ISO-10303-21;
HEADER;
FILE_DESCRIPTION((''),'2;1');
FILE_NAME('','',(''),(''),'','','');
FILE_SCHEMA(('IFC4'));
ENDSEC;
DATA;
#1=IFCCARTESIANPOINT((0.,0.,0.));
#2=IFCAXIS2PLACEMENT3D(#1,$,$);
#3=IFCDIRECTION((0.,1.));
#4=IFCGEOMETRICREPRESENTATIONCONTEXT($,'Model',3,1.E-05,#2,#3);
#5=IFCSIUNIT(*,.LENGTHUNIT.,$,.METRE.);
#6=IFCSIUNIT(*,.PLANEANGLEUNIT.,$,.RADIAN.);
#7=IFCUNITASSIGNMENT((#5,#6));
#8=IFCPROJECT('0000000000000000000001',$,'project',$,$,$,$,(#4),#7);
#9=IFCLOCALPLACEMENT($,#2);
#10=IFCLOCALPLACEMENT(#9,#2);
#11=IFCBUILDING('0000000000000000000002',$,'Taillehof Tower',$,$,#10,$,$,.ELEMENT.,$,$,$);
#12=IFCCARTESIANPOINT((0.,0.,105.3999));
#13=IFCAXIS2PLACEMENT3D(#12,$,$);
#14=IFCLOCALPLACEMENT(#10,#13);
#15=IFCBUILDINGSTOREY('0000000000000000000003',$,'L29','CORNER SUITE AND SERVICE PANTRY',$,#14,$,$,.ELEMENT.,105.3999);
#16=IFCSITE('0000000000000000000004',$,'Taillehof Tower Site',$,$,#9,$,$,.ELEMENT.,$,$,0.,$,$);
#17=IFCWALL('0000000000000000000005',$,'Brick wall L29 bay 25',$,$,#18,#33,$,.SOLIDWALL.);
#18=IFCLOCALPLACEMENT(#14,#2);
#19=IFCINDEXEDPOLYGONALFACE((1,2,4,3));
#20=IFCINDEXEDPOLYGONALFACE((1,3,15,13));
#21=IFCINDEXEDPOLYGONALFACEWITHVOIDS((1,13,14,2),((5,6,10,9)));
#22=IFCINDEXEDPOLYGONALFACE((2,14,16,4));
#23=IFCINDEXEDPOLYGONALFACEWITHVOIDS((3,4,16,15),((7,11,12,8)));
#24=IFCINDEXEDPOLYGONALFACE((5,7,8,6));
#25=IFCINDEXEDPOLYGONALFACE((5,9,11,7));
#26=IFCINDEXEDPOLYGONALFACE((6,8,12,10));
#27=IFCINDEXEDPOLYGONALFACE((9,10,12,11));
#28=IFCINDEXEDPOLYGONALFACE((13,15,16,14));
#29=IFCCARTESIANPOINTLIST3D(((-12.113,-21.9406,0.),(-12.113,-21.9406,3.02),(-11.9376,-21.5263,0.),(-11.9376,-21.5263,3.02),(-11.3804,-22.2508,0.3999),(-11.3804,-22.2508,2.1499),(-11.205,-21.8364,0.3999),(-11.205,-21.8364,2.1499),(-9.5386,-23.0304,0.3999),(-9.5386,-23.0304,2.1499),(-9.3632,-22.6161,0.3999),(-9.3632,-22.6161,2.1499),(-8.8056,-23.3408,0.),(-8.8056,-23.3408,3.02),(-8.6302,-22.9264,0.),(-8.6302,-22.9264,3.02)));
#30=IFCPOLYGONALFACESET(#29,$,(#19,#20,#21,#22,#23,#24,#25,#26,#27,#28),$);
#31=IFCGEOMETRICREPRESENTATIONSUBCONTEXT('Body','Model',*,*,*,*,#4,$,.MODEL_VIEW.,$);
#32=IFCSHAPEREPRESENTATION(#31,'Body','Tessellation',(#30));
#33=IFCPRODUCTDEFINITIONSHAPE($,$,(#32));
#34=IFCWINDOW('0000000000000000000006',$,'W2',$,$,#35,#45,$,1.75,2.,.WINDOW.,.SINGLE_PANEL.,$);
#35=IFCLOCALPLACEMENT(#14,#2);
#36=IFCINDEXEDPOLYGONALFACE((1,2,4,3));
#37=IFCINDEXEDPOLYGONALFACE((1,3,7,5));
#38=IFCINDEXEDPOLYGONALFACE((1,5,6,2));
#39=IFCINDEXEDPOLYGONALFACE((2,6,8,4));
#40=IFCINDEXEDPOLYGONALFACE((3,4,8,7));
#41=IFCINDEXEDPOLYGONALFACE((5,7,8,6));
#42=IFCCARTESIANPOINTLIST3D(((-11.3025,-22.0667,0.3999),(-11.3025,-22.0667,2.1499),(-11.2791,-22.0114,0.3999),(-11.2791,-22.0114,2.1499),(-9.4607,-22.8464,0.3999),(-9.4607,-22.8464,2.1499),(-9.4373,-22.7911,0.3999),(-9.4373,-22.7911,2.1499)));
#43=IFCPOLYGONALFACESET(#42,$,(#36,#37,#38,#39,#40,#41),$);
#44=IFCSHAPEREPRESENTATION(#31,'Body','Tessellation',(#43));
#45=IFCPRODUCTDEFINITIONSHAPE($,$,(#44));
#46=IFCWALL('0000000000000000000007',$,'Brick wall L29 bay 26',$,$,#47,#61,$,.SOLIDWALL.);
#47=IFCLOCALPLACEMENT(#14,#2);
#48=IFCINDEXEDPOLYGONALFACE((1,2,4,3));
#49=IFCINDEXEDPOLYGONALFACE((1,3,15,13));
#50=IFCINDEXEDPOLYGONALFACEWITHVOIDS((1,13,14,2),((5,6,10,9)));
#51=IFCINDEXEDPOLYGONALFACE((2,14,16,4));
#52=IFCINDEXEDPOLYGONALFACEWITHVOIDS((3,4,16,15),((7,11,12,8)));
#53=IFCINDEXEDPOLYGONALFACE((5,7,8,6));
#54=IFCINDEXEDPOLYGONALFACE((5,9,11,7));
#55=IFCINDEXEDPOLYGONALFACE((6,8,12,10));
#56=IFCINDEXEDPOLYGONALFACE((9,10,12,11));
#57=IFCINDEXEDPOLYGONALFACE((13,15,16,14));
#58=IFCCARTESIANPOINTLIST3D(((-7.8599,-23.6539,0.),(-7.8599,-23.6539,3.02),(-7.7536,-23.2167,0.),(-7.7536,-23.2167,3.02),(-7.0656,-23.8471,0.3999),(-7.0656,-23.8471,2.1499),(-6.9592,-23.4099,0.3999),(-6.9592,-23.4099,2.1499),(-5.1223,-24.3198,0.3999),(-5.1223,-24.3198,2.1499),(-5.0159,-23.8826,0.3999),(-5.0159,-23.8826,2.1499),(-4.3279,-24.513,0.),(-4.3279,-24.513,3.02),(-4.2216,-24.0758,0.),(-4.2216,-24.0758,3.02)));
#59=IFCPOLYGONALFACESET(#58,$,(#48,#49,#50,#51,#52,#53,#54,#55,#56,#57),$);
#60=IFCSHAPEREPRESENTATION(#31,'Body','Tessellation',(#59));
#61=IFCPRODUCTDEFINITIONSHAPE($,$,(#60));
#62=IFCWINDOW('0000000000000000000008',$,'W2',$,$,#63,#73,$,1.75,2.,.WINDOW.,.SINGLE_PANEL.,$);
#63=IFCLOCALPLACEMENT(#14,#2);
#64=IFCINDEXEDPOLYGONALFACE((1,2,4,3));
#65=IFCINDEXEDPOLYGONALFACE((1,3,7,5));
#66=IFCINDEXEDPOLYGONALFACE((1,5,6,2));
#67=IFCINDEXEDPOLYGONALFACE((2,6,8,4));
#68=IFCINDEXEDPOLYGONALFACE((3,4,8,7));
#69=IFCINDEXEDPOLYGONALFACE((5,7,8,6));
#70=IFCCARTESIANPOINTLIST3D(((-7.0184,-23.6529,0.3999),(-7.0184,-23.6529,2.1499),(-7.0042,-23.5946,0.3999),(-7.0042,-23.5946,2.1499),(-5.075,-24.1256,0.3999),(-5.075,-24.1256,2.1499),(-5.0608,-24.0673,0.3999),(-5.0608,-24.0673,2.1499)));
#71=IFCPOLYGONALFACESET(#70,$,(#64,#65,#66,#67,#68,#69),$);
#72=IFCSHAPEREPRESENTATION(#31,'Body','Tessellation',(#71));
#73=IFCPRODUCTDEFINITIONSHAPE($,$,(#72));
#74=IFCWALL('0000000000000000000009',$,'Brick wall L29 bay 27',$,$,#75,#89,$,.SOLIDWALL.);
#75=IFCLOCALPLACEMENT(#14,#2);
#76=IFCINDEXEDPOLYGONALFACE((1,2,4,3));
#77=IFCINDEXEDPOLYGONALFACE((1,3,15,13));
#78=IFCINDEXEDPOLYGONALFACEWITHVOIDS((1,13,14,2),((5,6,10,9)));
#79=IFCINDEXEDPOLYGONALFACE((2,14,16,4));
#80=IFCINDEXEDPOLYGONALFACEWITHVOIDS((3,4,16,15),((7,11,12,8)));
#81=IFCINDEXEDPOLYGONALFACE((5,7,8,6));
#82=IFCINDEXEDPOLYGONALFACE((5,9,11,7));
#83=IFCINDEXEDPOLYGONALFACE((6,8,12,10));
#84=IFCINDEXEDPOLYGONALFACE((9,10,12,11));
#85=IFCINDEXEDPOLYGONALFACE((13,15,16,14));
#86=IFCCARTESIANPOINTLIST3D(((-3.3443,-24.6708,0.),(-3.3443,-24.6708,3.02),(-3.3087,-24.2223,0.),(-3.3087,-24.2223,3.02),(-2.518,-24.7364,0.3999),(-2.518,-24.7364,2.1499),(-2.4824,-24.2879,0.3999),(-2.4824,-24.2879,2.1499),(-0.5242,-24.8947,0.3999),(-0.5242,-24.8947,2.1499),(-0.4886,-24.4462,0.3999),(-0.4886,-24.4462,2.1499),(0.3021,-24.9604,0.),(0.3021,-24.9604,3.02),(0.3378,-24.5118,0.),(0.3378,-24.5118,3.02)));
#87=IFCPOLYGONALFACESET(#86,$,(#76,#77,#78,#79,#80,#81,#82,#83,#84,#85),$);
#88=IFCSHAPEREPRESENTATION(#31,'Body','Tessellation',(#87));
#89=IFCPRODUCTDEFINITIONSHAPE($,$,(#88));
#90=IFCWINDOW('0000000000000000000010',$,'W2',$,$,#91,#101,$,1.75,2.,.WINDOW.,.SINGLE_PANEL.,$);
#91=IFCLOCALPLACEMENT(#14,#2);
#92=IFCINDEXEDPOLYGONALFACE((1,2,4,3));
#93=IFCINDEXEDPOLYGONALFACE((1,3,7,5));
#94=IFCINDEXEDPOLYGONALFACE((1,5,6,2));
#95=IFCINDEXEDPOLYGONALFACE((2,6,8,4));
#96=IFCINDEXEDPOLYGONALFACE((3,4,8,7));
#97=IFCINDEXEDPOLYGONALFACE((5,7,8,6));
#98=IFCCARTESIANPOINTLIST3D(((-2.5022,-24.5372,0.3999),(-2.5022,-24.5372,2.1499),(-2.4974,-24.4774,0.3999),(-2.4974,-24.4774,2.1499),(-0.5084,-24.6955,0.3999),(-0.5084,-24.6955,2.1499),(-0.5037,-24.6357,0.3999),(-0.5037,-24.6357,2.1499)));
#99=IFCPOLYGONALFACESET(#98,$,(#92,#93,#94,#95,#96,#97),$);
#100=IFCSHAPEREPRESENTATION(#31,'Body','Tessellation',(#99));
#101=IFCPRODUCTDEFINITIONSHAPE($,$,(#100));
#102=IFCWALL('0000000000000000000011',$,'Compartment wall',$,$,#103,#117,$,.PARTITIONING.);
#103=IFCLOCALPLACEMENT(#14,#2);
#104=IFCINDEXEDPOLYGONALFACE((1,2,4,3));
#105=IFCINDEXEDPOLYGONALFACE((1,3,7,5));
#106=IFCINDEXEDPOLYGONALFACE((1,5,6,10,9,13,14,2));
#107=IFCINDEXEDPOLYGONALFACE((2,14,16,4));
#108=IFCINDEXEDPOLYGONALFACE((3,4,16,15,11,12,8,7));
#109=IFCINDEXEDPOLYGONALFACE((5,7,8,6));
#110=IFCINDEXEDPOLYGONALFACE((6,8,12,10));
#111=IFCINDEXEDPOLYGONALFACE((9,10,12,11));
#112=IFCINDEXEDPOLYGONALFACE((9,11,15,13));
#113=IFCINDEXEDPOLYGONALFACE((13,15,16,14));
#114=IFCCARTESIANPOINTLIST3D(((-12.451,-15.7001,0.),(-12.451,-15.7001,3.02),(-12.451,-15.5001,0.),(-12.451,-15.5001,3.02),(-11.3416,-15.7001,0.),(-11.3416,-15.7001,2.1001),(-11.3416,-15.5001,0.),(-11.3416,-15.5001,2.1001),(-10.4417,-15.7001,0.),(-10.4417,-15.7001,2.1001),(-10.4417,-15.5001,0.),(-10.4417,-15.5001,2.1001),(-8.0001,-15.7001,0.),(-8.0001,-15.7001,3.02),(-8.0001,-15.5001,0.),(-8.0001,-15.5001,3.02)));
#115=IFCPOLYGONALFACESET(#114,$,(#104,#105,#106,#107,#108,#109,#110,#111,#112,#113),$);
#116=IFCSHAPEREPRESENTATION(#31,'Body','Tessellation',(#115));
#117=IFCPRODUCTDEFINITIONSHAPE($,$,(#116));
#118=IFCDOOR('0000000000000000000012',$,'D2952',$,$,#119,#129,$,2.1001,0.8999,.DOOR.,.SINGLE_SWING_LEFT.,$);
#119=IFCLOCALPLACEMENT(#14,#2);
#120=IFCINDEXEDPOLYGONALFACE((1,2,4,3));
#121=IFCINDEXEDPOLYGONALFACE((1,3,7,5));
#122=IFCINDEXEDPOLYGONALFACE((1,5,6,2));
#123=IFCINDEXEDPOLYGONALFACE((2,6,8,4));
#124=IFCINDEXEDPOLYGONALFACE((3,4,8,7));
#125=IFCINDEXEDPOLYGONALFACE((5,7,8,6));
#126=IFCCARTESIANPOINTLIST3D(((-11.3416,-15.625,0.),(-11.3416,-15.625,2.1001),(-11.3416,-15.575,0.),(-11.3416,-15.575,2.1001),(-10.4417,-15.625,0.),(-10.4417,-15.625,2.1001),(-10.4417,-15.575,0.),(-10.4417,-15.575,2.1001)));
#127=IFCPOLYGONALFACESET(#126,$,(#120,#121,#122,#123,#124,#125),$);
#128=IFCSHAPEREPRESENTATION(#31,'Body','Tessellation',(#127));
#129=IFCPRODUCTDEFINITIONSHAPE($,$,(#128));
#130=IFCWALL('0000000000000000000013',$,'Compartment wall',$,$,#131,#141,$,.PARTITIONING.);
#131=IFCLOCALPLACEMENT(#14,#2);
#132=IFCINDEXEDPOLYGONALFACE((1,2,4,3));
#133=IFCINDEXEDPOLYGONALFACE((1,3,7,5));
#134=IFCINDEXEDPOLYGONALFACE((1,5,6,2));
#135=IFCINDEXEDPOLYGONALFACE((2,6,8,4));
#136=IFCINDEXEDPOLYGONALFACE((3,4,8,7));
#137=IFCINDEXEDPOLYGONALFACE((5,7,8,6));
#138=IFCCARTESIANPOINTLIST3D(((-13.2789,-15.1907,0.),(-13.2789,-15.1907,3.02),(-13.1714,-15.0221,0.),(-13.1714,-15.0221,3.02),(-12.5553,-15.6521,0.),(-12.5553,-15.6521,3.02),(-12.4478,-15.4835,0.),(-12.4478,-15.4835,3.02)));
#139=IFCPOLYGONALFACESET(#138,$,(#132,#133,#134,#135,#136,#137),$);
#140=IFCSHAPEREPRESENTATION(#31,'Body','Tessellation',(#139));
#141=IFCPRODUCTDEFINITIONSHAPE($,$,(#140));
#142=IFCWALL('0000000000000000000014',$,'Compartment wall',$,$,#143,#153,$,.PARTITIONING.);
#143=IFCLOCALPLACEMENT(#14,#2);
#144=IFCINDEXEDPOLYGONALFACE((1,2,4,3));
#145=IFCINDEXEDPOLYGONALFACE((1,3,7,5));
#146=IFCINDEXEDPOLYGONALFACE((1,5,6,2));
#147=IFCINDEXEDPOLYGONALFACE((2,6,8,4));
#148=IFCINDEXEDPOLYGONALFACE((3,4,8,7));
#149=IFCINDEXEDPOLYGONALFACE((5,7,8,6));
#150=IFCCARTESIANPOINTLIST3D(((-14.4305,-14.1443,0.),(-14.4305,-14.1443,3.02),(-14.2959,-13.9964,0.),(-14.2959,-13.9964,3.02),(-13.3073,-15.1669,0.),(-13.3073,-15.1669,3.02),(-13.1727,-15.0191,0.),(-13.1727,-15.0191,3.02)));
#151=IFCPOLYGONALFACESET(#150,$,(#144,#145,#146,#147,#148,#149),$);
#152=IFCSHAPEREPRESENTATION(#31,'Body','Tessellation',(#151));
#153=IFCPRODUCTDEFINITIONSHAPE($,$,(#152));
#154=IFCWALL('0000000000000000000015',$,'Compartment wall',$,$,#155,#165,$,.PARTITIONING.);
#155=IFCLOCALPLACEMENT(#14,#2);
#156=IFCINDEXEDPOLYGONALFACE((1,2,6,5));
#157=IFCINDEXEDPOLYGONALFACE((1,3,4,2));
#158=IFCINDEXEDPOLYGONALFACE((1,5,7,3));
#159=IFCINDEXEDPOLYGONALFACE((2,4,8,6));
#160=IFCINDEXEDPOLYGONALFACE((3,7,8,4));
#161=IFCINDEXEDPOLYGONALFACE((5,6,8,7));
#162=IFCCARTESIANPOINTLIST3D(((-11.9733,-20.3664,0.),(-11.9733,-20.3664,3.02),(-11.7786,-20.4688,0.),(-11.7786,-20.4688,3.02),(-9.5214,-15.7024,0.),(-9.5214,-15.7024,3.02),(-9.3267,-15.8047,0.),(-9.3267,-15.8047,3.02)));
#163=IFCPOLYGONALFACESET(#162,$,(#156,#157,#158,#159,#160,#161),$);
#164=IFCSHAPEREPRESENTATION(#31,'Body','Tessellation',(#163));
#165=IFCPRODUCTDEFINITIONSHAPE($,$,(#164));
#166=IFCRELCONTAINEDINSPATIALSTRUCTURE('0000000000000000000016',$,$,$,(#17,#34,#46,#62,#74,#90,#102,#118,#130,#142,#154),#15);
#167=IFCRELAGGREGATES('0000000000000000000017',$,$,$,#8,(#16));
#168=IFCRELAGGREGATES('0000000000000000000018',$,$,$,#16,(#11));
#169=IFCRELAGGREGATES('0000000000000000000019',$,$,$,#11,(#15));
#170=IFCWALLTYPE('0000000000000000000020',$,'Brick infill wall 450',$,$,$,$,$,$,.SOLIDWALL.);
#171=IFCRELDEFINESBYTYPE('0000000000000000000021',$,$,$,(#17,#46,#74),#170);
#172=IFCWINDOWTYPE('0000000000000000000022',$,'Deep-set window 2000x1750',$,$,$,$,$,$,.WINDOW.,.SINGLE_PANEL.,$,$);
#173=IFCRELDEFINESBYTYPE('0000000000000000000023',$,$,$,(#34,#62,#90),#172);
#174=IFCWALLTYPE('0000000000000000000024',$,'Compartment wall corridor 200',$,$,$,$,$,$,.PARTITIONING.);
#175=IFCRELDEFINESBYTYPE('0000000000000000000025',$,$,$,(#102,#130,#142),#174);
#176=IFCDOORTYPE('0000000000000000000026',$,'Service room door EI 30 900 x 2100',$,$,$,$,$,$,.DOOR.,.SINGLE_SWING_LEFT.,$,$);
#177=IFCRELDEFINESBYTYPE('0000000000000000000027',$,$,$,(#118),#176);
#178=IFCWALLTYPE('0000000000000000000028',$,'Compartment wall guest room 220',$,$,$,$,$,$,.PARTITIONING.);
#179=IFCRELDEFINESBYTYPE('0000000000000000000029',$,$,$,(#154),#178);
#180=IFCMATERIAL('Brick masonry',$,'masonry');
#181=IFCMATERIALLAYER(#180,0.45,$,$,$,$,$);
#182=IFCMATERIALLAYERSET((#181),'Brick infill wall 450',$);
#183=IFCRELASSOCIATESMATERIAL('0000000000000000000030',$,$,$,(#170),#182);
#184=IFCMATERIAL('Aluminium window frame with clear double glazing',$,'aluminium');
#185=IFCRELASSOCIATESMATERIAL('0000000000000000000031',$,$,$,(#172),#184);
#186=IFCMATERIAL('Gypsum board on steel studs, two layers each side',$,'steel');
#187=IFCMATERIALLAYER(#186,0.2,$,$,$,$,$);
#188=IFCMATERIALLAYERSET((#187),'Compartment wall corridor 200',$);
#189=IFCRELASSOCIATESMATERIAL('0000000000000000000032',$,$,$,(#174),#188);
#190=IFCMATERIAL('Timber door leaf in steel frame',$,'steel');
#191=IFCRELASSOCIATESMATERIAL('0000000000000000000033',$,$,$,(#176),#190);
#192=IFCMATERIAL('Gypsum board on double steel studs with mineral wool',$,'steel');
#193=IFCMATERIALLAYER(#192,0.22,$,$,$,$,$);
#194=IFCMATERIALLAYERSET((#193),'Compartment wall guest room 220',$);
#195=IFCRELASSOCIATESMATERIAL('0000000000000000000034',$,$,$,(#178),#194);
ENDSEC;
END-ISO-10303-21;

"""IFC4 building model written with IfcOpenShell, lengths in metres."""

from ifc_helpers import new_model, si_unit, direction, frame, frame_2d, origin, place, context, subcontext, project, spatial, rectangle, extrude, material, layer, layer_set, type_object, element, fill, save


model = new_model("IFC4")

# Units and contexts
model_context = context("Model", 3, precision=1e-05, world=origin(), true_north=direction((0.0, 1.0)))
body_context = subcontext(model_context, "Body", "Model", "MODEL_VIEW")
ifc_project = project(units=[si_unit("LENGTHUNIT", "METRE"), si_unit("PLANEANGLEUNIT", "RADIAN")], contexts=[model_context])

# Site, building, storey
site_placement = place(None, origin())
site = spatial("IfcSite", under=ifc_project, at=site_placement, Name="Taillehof Tower Site", CompositionType="ELEMENT", RefElevation=0.0)
building_placement = place(site_placement, origin())
building = spatial("IfcBuilding", under=site, at=building_placement, Name="Taillehof Tower", CompositionType="ELEMENT")
storey_placement = place(building_placement, frame((0.0, 0.0, 105.3999)))
storey = spatial("IfcBuildingStorey", under=building, at=storey_placement, Name="L29", Description="CORNER SUITE AND SERVICE PANTRY", CompositionType="ELEMENT", Elevation=105.3999)

# Walls, openings, windows
ifc_material_1 = material(Name="Brick masonry", Category="masonry")
ifc_layer_1 = layer(ifc_material_1, 0.45)
ifc_layer_set_1 = layer_set([ifc_layer_1], Name="Brick infill wall 450")
wall_type_1 = type_object("IfcWallType", Name="Brick infill wall 450", PredefinedType="SOLIDWALL", material=ifc_layer_set_1)
wall_1_placement = place(storey_placement, frame((-12.0254, -21.7334, 0.0), z_axis=(0.0, 0.0, 1.0), x_axis=(0.92088, -0.389846, 0.0)))
wall_1 = element("IfcWall", 1, at=wall_1_placement, inside=storey, type_object=wall_type_1, Name="Brick wall L29 bay 25", PredefinedType="SOLIDWALL", context=body_context, shape_type="SweptSolid", body=[
    extrude(rectangle(XDim=3.5916, YDim=0.45, at=frame_2d((1.7959, 0.0))), origin(), (0.0, 0.0, 1.0), 3.02),
])
opening_1_placement = place(wall_1_placement, frame((0.7957, 0.0, 0.3999)))
opening_1 = element("IfcOpeningElement", 2, at=opening_1_placement, cuts=wall_1, PredefinedType="OPENING", context=body_context, shape_type="SweptSolid", body=[
    extrude(rectangle(XDim=2.0, YDim=1.75, at=frame_2d((1.0, 0.875))), frame((0.0, 0.2349, 0.0), z_axis=(0.0, -1.0, 0.0), x_axis=(1.0, 0.0, 0.0)), (0.0, 0.0, 1.0), 0.47),
])
ifc_material_2 = material(Name="Aluminium window frame with clear double glazing", Category="aluminium")
window_type = type_object("IfcWindowType", Name="Deep-set window 2000x1750", PartitioningType="SINGLE_PANEL", PredefinedType="WINDOW", material=ifc_material_2)
window_1_placement = place(opening_1_placement, origin())
window_1 = element("IfcWindow", 3, at=window_1_placement, inside=storey, type_object=window_type, Name="W2", OverallHeight=1.75, OverallWidth=2.0, PartitioningType="SINGLE_PANEL", PredefinedType="WINDOW", context=body_context, shape_type="SweptSolid", body=[
    extrude(rectangle(XDim=2.0, YDim=1.75, at=frame_2d((1.0, 0.875))), frame((0.0, 0.0349, 0.0), z_axis=(0.0, -1.0, 0.0), x_axis=(1.0, 0.0, 0.0)), (0.0, 0.0, 1.0), 0.0601),
])
fill(opening_1, window_1)
wall_2_placement = place(storey_placement, frame((-7.8066, -23.4353, 0.0), z_axis=(0.0, 0.0, 1.0), x_axis=(0.971668, -0.236352, 0.0)))
wall_2 = element("IfcWall", 4, at=wall_2_placement, inside=storey, type_object=wall_type_1, Name="Brick wall L29 bay 26", PredefinedType="SOLIDWALL", context=body_context, shape_type="SweptSolid", body=[
    extrude(rectangle(XDim=3.635, YDim=0.45, at=frame_2d((1.8174, 0.0))), origin(), (0.0, 0.0, 1.0), 3.02),
])
opening_2_placement = place(wall_2_placement, frame((0.8174, 0.0, 0.3999)))
opening_2 = element("IfcOpeningElement", 5, at=opening_2_placement, cuts=wall_2, PredefinedType="OPENING", context=body_context, shape_type="SweptSolid", body=[
    extrude(rectangle(XDim=2.0, YDim=1.75, at=frame_2d((1.0, 0.875))), frame((0.0, 0.2349, 0.0), z_axis=(0.0, -1.0, 0.0), x_axis=(1.0, 0.0, 0.0)), (0.0, 0.0, 1.0), 0.47),
])
window_2_placement = place(opening_2_placement, origin())
window_2 = element("IfcWindow", 6, at=window_2_placement, inside=storey, type_object=window_type, Name="W2", OverallHeight=1.75, OverallWidth=2.0, PartitioningType="SINGLE_PANEL", PredefinedType="WINDOW", context=body_context, shape_type="SweptSolid", body=[
    extrude(rectangle(XDim=2.0, YDim=1.75, at=frame_2d((1.0, 0.875))), frame((0.0, 0.0349, 0.0), z_axis=(0.0, -1.0, 0.0), x_axis=(1.0, 0.0, 0.0)), (0.0, 0.0, 1.0), 0.0601),
])
fill(opening_2, window_2)
wall_3_placement = place(storey_placement, frame((-3.3267, -24.4465, 0.0), z_axis=(0.0, 0.0, 1.0), x_axis=(0.996862, -0.079156, 0.0)))
wall_3 = element("IfcWall", 7, at=wall_3_placement, inside=storey, type_object=wall_type_1, Name="Brick wall L29 bay 27", PredefinedType="SOLIDWALL", context=body_context, shape_type="SweptSolid", body=[
    extrude(rectangle(XDim=3.658, YDim=0.45, at=frame_2d((1.8291, 0.0))), origin(), (0.0, 0.0, 1.0), 3.02),
])
opening_3_placement = place(wall_3_placement, frame((0.8291, 0.0, 0.3999)))
opening_3 = element("IfcOpeningElement", 8, at=opening_3_placement, cuts=wall_3, PredefinedType="OPENING", context=body_context, shape_type="SweptSolid", body=[
    extrude(rectangle(XDim=2.0, YDim=1.75, at=frame_2d((1.0, 0.875))), frame((0.0, 0.2349, 0.0), z_axis=(0.0, -1.0, 0.0), x_axis=(1.0, 0.0, 0.0)), (0.0, 0.0, 1.0), 0.47),
])
window_3_placement = place(opening_3_placement, origin())
window_3 = element("IfcWindow", 9, at=window_3_placement, inside=storey, type_object=window_type, Name="W2", OverallHeight=1.75, OverallWidth=2.0, PartitioningType="SINGLE_PANEL", PredefinedType="WINDOW", context=body_context, shape_type="SweptSolid", body=[
    extrude(rectangle(XDim=2.0, YDim=1.75, at=frame_2d((1.0, 0.875))), frame((0.0, 0.0349, 0.0), z_axis=(0.0, -1.0, 0.0), x_axis=(1.0, 0.0, 0.0)), (0.0, 0.0, 1.0), 0.0601),
])
fill(opening_3, window_3)

# Wall, opening, door
ifc_material_3 = material(Name="Gypsum board on steel studs, two layers each side", Category="steel")
ifc_layer_2 = layer(ifc_material_3, 0.2)
ifc_layer_set_2 = layer_set([ifc_layer_2], Name="Compartment wall corridor 200")
wall_type_2 = type_object("IfcWallType", Name="Compartment wall corridor 200", PredefinedType="PARTITIONING", material=ifc_layer_set_2)
wall_4_placement = place(storey_placement, frame((-8.0, -15.6001, 0.0), z_axis=(0.0, 0.0, 1.0), x_axis=(-1.0, 0.0, 0.0)))
wall_4 = element("IfcWall", 10, at=wall_4_placement, inside=storey, type_object=wall_type_2, Name="Compartment wall", PredefinedType="PARTITIONING", context=body_context, shape_type="SweptSolid", body=[
    extrude(rectangle(XDim=4.4509, YDim=0.2, at=frame_2d((2.2256, 0.0))), origin(), (0.0, 0.0, 1.0), 3.02),
])
opening_4_placement = place(wall_4_placement, frame((2.4417, 0.0, 0.0)))
opening_4 = element("IfcOpeningElement", 11, at=opening_4_placement, cuts=wall_4, PredefinedType="OPENING", context=body_context, shape_type="SweptSolid", body=[
    extrude(rectangle(XDim=0.8999, YDim=2.1001, at=frame_2d((0.45, 1.05))), frame((0.0, 0.1099, 0.0), z_axis=(0.0, -1.0, 0.0), x_axis=(1.0, 0.0, 0.0)), (0.0, 0.0, 1.0), 0.22),
])
ifc_material_4 = material(Name="Timber door leaf in steel frame", Category="steel")
door_type_1 = type_object("IfcDoorType", Name="Service room door EI 30 900 x 2100", OperationType="SINGLE_SWING_LEFT", PredefinedType="DOOR", material=ifc_material_4)
door_1_placement = place(opening_4_placement, origin())
door_1 = element("IfcDoor", 12, at=door_1_placement, inside=storey, type_object=door_type_1, Name="D2952", OperationType="SINGLE_SWING_LEFT", OverallHeight=2.1001, OverallWidth=0.8999, PredefinedType="DOOR", context=body_context, shape_type="SweptSolid", body=[
    extrude(rectangle(XDim=0.8999, YDim=2.1001, at=frame_2d((0.45, 1.05))), frame((0.0, 0.0249, 0.0), z_axis=(0.0, -1.0, 0.0), x_axis=(1.0, 0.0, 0.0)), (0.0, 0.0, 1.0), 0.05),
])
fill(opening_4, door_1)

# Walls
wall_5_placement = place(storey_placement, frame((-12.5015, -15.5679, 0.0), z_axis=(0.0, 0.0, 1.0), x_axis=(-0.843169, 0.537648, 0.0)))
element("IfcWall", 13, at=wall_5_placement, inside=storey, type_object=wall_type_2, Name="Compartment wall", PredefinedType="PARTITIONING", context=body_context, shape_type="SweptSolid", body=[
    extrude(rectangle(XDim=0.8582, YDim=0.2, at=frame_2d((0.4292, 0.0))), origin(), (0.0, 0.0, 1.0), 3.02),
])
wall_6_placement = place(storey_placement, frame((-13.24, -15.093, 0.0), z_axis=(0.0, 0.0, 1.0), x_axis=(-0.739438, 0.673225, 0.0)))
element("IfcWall", 14, at=wall_6_placement, inside=storey, type_object=wall_type_2, Name="Compartment wall", PredefinedType="PARTITIONING", context=body_context, shape_type="SweptSolid", body=[
    extrude(rectangle(XDim=1.519, YDim=0.2, at=frame_2d((0.7595, 0.0))), origin(), (0.0, 0.0, 1.0), 3.02),
])
ifc_material_5 = material(Name="Gypsum board on double steel studs with mineral wool", Category="steel")
ifc_layer_3 = layer(ifc_material_5, 0.22)
ifc_layer_set_3 = layer_set([ifc_layer_3], Name="Compartment wall guest room 220")
wall_type_3 = type_object("IfcWallType", Name="Compartment wall guest room 220", PredefinedType="PARTITIONING", material=ifc_layer_set_3)
wall_7_placement = place(storey_placement, frame((-11.876, -20.4177, 0.0), z_axis=(0.0, 0.0, 1.0), x_axis=(0.465321, 0.885142, 0.0)))
element("IfcWall", 15, at=wall_7_placement, inside=storey, type_object=wall_type_3, Name="Compartment wall", PredefinedType="PARTITIONING", context=body_context, shape_type="SweptSolid", body=[
    extrude(rectangle(XDim=5.2693, YDim=0.22, at=frame_2d((2.6348, 0.0))), origin(), (0.0, 0.0, 1.0), 3.02),
])

save(model, "model.ifc")
